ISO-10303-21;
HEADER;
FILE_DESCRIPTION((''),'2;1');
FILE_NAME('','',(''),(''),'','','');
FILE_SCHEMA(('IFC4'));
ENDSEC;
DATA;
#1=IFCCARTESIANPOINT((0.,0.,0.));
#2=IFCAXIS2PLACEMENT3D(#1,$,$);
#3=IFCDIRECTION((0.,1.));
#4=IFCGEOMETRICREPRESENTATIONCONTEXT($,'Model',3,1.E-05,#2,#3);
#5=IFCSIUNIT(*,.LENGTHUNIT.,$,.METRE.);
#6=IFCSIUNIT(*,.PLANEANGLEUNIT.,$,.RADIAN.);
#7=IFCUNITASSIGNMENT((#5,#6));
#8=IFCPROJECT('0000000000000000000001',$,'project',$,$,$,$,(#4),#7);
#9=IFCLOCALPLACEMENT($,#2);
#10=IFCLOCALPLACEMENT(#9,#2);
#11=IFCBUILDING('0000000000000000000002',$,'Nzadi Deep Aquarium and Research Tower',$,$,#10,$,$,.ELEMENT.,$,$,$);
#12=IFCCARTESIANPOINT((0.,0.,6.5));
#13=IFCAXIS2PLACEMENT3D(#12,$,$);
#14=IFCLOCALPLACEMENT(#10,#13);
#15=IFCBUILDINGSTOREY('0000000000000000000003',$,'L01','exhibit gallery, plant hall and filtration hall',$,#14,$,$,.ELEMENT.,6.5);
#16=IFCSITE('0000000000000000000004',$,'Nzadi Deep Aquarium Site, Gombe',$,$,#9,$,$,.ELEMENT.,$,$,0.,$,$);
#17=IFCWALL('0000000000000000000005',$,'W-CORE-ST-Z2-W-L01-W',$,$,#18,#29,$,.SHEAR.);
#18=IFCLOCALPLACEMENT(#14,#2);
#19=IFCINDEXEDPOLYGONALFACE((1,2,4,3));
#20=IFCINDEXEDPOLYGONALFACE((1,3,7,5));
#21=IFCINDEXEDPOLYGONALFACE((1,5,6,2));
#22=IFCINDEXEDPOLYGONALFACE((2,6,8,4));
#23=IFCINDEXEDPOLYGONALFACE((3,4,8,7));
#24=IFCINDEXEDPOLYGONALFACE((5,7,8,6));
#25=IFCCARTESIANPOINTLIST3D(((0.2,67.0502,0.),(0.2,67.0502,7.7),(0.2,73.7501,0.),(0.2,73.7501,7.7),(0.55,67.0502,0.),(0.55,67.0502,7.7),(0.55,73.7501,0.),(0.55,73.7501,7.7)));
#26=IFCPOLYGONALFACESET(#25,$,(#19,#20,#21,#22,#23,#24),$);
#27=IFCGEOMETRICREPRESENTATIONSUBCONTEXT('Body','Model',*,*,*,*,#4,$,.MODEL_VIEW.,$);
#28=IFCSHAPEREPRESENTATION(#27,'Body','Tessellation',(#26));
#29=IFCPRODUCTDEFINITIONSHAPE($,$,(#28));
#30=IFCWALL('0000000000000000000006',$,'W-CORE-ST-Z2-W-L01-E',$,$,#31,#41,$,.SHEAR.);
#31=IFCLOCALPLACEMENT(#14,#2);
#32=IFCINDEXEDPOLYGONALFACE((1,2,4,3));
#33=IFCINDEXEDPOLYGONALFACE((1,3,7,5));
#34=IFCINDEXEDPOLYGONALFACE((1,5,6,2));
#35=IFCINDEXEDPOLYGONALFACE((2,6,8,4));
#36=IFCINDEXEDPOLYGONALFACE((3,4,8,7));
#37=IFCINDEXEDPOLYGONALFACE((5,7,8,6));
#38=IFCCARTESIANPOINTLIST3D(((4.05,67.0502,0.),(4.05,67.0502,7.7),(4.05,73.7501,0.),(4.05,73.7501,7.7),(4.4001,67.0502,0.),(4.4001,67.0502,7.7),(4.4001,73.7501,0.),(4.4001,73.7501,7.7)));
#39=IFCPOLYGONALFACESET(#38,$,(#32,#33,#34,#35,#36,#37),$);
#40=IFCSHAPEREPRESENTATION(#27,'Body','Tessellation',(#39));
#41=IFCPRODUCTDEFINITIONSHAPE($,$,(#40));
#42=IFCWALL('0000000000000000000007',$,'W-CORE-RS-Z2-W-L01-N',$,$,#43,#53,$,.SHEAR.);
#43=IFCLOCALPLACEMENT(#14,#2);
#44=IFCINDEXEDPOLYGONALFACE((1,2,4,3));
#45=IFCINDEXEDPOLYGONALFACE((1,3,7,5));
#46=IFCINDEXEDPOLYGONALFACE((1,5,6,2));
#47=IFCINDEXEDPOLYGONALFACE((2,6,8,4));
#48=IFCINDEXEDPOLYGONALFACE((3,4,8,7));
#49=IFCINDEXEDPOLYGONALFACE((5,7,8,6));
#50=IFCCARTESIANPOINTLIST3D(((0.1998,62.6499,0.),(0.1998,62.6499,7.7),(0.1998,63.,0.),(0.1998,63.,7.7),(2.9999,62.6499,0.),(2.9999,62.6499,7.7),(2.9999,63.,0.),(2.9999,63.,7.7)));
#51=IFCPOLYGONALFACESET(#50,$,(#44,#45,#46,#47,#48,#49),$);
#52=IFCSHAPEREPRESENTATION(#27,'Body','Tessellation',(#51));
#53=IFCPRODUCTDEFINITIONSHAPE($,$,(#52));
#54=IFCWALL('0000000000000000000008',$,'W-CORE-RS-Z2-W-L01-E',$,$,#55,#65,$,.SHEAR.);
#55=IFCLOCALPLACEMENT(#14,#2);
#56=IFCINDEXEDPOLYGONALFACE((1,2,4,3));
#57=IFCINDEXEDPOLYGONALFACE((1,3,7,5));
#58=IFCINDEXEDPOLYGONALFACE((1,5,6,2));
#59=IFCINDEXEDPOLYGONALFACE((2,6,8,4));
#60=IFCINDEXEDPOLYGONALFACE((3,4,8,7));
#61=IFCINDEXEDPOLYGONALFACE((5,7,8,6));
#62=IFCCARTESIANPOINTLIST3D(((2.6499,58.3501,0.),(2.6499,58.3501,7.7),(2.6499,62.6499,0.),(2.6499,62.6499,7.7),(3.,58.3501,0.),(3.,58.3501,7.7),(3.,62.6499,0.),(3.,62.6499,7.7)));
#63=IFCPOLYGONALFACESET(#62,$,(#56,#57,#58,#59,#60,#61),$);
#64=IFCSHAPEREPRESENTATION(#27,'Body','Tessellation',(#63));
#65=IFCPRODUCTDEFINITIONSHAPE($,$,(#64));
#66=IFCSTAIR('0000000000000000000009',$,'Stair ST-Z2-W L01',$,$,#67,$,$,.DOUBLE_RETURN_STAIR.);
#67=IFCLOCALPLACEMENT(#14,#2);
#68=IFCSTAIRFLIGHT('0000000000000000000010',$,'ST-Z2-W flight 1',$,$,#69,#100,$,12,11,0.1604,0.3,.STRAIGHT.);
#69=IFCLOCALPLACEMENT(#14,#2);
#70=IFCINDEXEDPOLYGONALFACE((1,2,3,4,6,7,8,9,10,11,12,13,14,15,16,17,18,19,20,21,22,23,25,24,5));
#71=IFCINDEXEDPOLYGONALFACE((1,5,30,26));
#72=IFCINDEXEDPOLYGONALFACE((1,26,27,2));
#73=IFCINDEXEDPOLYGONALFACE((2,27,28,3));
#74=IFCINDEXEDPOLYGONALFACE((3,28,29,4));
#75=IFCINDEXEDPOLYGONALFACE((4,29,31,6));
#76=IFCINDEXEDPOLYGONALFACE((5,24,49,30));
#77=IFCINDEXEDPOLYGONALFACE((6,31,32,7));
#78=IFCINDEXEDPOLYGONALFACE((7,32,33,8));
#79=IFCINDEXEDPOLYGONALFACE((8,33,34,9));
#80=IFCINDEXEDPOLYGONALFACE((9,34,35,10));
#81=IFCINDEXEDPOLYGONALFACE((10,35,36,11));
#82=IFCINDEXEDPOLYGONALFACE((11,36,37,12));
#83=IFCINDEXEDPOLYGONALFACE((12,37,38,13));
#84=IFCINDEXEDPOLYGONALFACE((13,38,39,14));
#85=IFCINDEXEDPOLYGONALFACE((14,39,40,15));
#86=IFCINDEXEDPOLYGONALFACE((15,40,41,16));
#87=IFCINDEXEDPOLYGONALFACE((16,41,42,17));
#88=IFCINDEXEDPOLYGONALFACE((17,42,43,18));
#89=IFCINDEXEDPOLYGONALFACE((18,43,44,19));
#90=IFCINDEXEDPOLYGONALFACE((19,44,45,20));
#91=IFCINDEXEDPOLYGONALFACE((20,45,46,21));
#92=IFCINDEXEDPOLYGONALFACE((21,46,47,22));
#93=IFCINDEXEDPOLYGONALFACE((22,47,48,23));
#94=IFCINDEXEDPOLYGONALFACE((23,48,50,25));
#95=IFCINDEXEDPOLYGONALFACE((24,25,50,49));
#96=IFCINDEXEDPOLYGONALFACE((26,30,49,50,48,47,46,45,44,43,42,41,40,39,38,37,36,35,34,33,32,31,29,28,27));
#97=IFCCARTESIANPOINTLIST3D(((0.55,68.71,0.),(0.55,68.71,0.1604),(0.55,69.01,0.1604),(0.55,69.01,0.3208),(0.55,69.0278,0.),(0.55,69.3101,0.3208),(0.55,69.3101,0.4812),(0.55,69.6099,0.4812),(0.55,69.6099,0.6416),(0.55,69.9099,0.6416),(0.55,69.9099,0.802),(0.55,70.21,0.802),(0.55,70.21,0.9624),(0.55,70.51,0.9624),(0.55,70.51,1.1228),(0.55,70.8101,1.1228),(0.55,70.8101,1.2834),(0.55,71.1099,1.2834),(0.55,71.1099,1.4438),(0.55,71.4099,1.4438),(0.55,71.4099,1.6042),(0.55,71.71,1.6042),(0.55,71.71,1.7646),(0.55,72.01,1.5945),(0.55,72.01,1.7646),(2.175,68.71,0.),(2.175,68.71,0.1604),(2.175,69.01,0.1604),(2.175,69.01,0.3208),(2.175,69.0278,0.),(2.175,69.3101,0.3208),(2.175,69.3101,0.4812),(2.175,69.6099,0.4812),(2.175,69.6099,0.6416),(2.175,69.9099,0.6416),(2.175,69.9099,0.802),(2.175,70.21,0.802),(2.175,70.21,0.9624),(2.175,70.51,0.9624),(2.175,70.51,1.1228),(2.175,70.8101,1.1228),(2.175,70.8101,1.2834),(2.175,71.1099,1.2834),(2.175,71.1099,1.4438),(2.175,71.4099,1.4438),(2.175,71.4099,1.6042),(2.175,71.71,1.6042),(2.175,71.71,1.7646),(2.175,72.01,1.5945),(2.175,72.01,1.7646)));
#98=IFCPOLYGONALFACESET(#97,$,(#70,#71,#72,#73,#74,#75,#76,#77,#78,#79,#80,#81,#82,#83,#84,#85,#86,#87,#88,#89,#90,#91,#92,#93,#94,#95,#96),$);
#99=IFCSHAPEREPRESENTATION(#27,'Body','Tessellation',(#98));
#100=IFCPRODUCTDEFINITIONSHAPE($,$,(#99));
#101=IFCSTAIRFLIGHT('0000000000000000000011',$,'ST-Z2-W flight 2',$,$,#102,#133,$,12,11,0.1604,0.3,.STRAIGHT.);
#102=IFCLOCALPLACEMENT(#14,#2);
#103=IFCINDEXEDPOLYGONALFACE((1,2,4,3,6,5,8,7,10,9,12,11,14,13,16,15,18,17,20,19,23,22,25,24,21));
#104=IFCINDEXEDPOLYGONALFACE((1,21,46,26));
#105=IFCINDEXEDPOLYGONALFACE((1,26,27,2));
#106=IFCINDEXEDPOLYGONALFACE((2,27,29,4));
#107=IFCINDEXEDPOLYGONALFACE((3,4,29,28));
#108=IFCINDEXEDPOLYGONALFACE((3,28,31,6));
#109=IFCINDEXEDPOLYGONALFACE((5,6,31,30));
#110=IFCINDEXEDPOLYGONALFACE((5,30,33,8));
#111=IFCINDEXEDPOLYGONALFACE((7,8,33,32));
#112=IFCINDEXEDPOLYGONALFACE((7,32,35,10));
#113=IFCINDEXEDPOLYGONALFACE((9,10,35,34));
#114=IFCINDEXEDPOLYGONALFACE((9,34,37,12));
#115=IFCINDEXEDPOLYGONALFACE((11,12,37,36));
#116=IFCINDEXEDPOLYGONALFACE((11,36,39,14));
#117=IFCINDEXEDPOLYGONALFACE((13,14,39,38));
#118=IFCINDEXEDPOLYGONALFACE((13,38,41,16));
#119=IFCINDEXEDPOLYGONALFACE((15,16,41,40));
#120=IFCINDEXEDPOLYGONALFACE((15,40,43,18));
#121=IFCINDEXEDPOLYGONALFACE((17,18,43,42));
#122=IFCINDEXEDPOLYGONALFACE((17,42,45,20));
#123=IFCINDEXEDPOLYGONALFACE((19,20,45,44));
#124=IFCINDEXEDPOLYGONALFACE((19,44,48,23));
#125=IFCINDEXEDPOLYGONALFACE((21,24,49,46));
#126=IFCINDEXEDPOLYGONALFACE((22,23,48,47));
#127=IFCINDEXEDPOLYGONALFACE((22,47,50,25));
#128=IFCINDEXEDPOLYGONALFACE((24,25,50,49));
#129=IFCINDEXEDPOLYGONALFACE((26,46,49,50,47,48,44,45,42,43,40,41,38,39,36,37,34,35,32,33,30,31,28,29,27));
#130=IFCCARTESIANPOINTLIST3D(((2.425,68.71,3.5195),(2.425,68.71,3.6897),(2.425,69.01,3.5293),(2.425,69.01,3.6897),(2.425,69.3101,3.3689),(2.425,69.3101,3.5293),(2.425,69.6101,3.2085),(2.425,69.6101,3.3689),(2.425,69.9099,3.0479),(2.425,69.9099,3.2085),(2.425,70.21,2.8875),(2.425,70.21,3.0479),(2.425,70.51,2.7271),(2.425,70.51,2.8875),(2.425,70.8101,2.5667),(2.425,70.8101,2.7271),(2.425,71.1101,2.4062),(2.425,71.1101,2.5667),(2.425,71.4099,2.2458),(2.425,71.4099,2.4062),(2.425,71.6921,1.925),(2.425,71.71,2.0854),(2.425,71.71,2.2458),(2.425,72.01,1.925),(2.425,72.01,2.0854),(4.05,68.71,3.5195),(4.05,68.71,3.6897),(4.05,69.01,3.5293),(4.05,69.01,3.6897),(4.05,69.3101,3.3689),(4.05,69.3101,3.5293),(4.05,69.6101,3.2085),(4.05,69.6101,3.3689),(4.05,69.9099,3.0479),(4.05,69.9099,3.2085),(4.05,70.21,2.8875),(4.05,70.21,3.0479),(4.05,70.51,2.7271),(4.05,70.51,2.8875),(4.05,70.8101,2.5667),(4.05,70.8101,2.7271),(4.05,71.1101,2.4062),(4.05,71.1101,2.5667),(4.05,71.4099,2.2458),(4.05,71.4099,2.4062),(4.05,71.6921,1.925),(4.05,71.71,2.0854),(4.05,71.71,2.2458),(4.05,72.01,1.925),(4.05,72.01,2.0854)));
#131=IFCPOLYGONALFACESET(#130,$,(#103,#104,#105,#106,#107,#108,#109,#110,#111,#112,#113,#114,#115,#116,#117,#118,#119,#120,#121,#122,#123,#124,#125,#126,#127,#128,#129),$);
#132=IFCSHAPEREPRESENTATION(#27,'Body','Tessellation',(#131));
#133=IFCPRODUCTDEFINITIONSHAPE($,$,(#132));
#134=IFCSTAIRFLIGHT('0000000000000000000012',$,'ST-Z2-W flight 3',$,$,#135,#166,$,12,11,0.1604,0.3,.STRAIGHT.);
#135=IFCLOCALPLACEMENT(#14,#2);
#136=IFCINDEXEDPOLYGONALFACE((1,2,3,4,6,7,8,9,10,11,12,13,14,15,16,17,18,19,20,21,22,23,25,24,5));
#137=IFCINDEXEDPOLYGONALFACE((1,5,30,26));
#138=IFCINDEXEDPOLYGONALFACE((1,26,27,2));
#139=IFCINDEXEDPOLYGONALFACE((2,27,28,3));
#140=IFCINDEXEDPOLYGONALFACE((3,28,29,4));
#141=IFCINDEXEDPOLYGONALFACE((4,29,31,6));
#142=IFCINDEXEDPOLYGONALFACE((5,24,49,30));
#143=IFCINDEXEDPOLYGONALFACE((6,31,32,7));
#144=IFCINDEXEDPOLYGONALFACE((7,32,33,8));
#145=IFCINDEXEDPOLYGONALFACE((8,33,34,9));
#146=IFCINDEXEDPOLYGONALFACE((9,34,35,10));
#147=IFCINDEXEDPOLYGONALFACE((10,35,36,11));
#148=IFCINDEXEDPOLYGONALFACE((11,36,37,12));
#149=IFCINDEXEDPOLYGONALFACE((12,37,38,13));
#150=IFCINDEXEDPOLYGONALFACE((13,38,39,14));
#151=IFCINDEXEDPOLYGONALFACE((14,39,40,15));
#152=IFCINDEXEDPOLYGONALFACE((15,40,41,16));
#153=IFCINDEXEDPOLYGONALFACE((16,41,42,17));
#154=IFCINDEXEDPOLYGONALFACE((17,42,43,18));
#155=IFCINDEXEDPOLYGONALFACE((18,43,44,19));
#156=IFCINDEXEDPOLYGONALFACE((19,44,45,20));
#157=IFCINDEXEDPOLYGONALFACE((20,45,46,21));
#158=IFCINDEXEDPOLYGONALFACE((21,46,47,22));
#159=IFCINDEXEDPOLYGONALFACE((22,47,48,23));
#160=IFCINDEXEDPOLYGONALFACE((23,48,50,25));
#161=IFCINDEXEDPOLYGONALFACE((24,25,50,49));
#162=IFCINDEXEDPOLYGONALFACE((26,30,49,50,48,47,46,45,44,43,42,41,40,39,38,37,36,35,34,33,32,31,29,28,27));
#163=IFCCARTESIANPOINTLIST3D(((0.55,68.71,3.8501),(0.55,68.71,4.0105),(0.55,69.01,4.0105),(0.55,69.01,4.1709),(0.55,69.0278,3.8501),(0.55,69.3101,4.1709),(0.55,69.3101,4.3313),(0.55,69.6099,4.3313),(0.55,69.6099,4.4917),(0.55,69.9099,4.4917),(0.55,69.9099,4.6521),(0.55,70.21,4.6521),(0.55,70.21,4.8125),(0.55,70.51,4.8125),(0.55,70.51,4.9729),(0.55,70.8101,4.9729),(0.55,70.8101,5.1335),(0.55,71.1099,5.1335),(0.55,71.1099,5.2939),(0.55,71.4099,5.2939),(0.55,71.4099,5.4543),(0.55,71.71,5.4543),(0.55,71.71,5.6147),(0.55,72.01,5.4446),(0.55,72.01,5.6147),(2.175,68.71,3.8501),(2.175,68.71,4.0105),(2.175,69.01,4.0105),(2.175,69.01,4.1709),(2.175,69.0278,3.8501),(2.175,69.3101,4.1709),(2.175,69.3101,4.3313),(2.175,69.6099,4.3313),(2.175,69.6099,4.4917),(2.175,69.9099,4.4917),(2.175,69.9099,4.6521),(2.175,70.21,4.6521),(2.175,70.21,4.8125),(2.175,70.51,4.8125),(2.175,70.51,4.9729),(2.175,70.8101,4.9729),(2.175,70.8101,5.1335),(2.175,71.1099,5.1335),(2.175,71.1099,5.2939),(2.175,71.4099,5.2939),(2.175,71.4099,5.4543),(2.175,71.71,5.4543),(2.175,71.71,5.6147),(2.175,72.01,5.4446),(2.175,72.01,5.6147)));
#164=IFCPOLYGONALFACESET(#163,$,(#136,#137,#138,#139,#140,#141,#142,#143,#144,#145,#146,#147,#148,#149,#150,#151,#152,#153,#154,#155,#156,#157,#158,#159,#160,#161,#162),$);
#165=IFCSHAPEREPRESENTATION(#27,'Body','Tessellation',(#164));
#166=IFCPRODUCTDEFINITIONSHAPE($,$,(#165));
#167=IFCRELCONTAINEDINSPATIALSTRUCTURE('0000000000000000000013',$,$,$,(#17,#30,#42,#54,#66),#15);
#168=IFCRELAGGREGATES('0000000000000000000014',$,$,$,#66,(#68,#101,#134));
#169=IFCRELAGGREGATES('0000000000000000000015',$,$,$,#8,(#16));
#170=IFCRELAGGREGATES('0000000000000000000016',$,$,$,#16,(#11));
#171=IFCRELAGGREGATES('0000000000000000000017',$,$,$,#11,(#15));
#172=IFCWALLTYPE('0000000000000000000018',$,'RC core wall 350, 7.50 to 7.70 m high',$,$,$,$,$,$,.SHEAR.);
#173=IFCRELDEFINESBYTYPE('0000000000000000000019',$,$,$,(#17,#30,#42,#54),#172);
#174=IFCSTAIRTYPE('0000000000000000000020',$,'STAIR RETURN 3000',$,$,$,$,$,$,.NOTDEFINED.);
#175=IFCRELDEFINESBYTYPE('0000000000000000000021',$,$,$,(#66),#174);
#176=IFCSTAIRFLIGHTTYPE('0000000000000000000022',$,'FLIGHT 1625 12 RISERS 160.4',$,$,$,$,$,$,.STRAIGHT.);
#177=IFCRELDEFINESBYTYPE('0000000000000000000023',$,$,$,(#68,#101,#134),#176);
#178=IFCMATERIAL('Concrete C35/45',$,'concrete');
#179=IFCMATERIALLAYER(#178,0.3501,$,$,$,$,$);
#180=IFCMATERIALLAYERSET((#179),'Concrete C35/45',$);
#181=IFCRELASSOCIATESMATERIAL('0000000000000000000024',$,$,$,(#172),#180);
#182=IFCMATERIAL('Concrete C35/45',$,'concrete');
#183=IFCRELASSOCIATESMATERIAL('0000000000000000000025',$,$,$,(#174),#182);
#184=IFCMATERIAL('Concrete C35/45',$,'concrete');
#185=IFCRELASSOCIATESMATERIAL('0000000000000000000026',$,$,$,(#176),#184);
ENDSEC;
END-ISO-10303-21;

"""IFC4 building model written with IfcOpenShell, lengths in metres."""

from ifc_helpers import new_model, si_unit, direction, frame, frame_2d, origin, place, context, subcontext, project, spatial, polyline, rectangle, outline, extrude, material, layer, layer_set, type_object, element, aggregate, save


model = new_model("IFC4")

# Units and contexts
model_context = context("Model", 3, precision=1e-05, world=origin(), true_north=direction((0.0, 1.0)))
body_context = subcontext(model_context, "Body", "Model", "MODEL_VIEW")
ifc_project = project(units=[si_unit("LENGTHUNIT", "METRE"), si_unit("PLANEANGLEUNIT", "RADIAN")], contexts=[model_context])

# Site, building, storey
site_placement = place(None, origin())
site = spatial("IfcSite", under=ifc_project, at=site_placement, Name="Nzadi Deep Aquarium Site, Gombe", CompositionType="ELEMENT", RefElevation=0.0)
building_placement = place(site_placement, origin())
building = spatial("IfcBuilding", under=site, at=building_placement, Name="Nzadi Deep Aquarium and Research Tower", CompositionType="ELEMENT")
storey_placement = place(building_placement, frame((0.0, 0.0, 6.5)))
storey = spatial("IfcBuildingStorey", under=building, at=storey_placement, Name="L01", Description="exhibit gallery, plant hall and filtration hall", CompositionType="ELEMENT", Elevation=6.5)

# Shared definitions
ifc_material_1 = material(Name="Concrete C35/45", Category="concrete")
ifc_layer_1 = layer(ifc_material_1, 0.3501)
ifc_layer_set_1 = layer_set([ifc_layer_1], Name="Concrete C35/45")
wall_type_1 = type_object("IfcWallType", Name="RC core wall 350, 7.50 to 7.70 m high", PredefinedType="SHEAR", material=ifc_layer_set_1)

# Walls
for number, where, z_axis, x_axis, name in (
    (1, (0.375, 67.05, 0.0), (0.0, 0.0, 1.0), (0.0, 1.0, 0.0), "W-CORE-ST-Z2-W-L01-W"),
    (2, (4.2251, 67.05, 0.0), (0.0, 0.0, 1.0), (0.0, 1.0, 0.0), "W-CORE-ST-Z2-W-L01-E"),
):
    element("IfcWall", number, at=place(storey_placement, frame(where, z_axis=z_axis, x_axis=x_axis)), inside=storey, type_object=wall_type_1, Name=name, PredefinedType="SHEAR", context=body_context, shape_type="SweptSolid", body=[
        extrude(rectangle(XDim=6.7, YDim=0.3501, at=frame_2d((3.3501, 0.0))), origin(), (0.0, 0.0, 1.0), 7.7),
    ])
wall_1_placement = place(storey_placement, frame((0.2, 62.825, 0.0), z_axis=(0.0, 0.0, 1.0), x_axis=(1.0, 0.0, 0.0)))
element("IfcWall", 3, at=wall_1_placement, inside=storey, type_object=wall_type_1, Name="W-CORE-RS-Z2-W-L01-N", PredefinedType="SHEAR", context=body_context, shape_type="SweptSolid", body=[
    extrude(rectangle(XDim=2.8, YDim=0.3501, at=frame_2d((1.3999, 0.0))), origin(), (0.0, 0.0, 1.0), 7.7),
])
wall_2_placement = place(storey_placement, frame((2.825, 58.3501, 0.0), z_axis=(0.0, 0.0, 1.0), x_axis=(0.0, 1.0, 0.0)))
element("IfcWall", 4, at=wall_2_placement, inside=storey, type_object=wall_type_1, Name="W-CORE-RS-Z2-W-L01-E", PredefinedType="SHEAR", context=body_context, shape_type="SweptSolid", body=[
    extrude(rectangle(XDim=4.2998, YDim=0.3501, at=frame_2d((2.1499, 0.0))), origin(), (0.0, 0.0, 1.0), 7.7),
])

# Stair, stair flights
ifc_material_2 = material(Name="Concrete C35/45", Category="concrete")
stair_type = type_object("IfcStairType", Name="STAIR RETURN 3000", PredefinedType="NOTDEFINED", material=ifc_material_2)
stair_placement = place(storey_placement, origin())
stair = element("IfcStair", 5, at=stair_placement, inside=storey, type_object=stair_type, Name="Stair ST-Z2-W L01", PredefinedType="DOUBLE_RETURN_STAIR")
ifc_material_3 = material(Name="Concrete C35/45", Category="concrete")
stair_flight_type = type_object("IfcStairFlightType", Name="FLIGHT 1625 12 RISERS 160.4", PredefinedType="STRAIGHT", material=ifc_material_3)
stair_flight_1_placement = place(storey_placement, frame((1.3625, 68.71, 0.0), z_axis=(0.0, 0.0, 1.0), x_axis=(0.0, 1.0, 0.0)))
stair_flight_1 = element("IfcStairFlight", 6, at=stair_flight_1_placement, type_object=stair_flight_type, Name="ST-Z2-W flight 1", NumberOfRisers=12, NumberOfTreads=11, PredefinedType="STRAIGHT", RiserHeight=0.1604, TreadLength=0.3, context=body_context, shape_type="SweptSolid", body=[
    extrude(outline(polyline([(0.0, 0.0), (0.0, 0.1604), (0.3, 0.1604), (0.3, 0.3208), (0.6001, 0.3208), (0.6001, 0.4812), (0.8999, 0.4812), (0.8999, 0.6416), (1.2, 0.6416), (1.2, 0.802), (1.5, 0.802), (1.5, 0.9624), (1.8, 0.9624), (1.8, 1.1228), (2.1001, 1.1228), (2.1001, 1.2834), (2.3999, 1.2834), (2.3999, 1.4438), (2.7, 1.4438), (2.7, 1.6042), (3.0, 1.6042), (3.0, 1.7646), (3.3, 1.7646), (3.3, 1.925), (3.3, 1.5945), (0.3179, 0.0), (0.0, 0.0)])), frame((0.0, 0.8125, 0.0), z_axis=(0.0, -1.0, 0.0), x_axis=(1.0, 0.0, 0.0)), (0.0, 0.0, 1.0), 1.625),
])
stair_flight_2_placement = place(storey_placement, frame((3.2375, 72.01, 1.925), z_axis=(0.0, 0.0, 1.0), x_axis=(0.0, -1.0, 0.0)))
stair_flight_2 = element("IfcStairFlight", 7, at=stair_flight_2_placement, type_object=stair_flight_type, Name="ST-Z2-W flight 2", NumberOfRisers=12, NumberOfTreads=11, PredefinedType="STRAIGHT", RiserHeight=0.1604, TreadLength=0.3, context=body_context, shape_type="SweptSolid", body=[
    extrude(outline(polyline([(0.0, 0.0), (0.0, 0.1604), (0.3, 0.1604), (0.3, 0.3208), (0.6001, 0.3208), (0.6001, 0.4812), (0.8999, 0.4812), (0.8999, 0.6416), (1.2, 0.6416), (1.2, 0.802), (1.5, 0.802), (1.5, 0.9624), (1.8, 0.9624), (1.8, 1.1228), (2.1001, 1.1228), (2.1001, 1.2834), (2.3999, 1.2834), (2.3999, 1.4438), (2.7, 1.4438), (2.7, 1.6042), (3.0, 1.6042), (3.0, 1.7646), (3.3, 1.7646), (3.3, 1.925), (3.3, 1.5945), (0.3179, 0.0), (0.0, 0.0)])), frame((0.0, 0.8125, 0.0), z_axis=(0.0, -1.0, 0.0), x_axis=(1.0, 0.0, 0.0)), (0.0, 0.0, 1.0), 1.625),
])
stair_flight_3_placement = place(storey_placement, frame((1.3625, 68.71, 3.8501), z_axis=(0.0, 0.0, 1.0), x_axis=(0.0, 1.0, 0.0)))
stair_flight_3 = element("IfcStairFlight", 8, at=stair_flight_3_placement, type_object=stair_flight_type, Name="ST-Z2-W flight 3", NumberOfRisers=12, NumberOfTreads=11, PredefinedType="STRAIGHT", RiserHeight=0.1604, TreadLength=0.3, context=body_context, shape_type="SweptSolid", body=[
    extrude(outline(polyline([(0.0, 0.0), (0.0, 0.1604), (0.3, 0.1604), (0.3, 0.3208), (0.6001, 0.3208), (0.6001, 0.4812), (0.8999, 0.4812), (0.8999, 0.6416), (1.2, 0.6416), (1.2, 0.802), (1.5, 0.802), (1.5, 0.9624), (1.8, 0.9624), (1.8, 1.1228), (2.1001, 1.1228), (2.1001, 1.2834), (2.3999, 1.2834), (2.3999, 1.4438), (2.7, 1.4438), (2.7, 1.6042), (3.0, 1.6042), (3.0, 1.7646), (3.3, 1.7646), (3.3, 1.925), (3.3, 1.5945), (0.3179, 0.0), (0.0, 0.0)])), frame((0.0, 0.8125, 0.0), z_axis=(0.0, -1.0, 0.0), x_axis=(1.0, 0.0, 0.0)), (0.0, 0.0, 1.0), 1.625),
])
aggregate(stair, [stair_flight_1, stair_flight_2, stair_flight_3])

save(model, "model.ifc")
